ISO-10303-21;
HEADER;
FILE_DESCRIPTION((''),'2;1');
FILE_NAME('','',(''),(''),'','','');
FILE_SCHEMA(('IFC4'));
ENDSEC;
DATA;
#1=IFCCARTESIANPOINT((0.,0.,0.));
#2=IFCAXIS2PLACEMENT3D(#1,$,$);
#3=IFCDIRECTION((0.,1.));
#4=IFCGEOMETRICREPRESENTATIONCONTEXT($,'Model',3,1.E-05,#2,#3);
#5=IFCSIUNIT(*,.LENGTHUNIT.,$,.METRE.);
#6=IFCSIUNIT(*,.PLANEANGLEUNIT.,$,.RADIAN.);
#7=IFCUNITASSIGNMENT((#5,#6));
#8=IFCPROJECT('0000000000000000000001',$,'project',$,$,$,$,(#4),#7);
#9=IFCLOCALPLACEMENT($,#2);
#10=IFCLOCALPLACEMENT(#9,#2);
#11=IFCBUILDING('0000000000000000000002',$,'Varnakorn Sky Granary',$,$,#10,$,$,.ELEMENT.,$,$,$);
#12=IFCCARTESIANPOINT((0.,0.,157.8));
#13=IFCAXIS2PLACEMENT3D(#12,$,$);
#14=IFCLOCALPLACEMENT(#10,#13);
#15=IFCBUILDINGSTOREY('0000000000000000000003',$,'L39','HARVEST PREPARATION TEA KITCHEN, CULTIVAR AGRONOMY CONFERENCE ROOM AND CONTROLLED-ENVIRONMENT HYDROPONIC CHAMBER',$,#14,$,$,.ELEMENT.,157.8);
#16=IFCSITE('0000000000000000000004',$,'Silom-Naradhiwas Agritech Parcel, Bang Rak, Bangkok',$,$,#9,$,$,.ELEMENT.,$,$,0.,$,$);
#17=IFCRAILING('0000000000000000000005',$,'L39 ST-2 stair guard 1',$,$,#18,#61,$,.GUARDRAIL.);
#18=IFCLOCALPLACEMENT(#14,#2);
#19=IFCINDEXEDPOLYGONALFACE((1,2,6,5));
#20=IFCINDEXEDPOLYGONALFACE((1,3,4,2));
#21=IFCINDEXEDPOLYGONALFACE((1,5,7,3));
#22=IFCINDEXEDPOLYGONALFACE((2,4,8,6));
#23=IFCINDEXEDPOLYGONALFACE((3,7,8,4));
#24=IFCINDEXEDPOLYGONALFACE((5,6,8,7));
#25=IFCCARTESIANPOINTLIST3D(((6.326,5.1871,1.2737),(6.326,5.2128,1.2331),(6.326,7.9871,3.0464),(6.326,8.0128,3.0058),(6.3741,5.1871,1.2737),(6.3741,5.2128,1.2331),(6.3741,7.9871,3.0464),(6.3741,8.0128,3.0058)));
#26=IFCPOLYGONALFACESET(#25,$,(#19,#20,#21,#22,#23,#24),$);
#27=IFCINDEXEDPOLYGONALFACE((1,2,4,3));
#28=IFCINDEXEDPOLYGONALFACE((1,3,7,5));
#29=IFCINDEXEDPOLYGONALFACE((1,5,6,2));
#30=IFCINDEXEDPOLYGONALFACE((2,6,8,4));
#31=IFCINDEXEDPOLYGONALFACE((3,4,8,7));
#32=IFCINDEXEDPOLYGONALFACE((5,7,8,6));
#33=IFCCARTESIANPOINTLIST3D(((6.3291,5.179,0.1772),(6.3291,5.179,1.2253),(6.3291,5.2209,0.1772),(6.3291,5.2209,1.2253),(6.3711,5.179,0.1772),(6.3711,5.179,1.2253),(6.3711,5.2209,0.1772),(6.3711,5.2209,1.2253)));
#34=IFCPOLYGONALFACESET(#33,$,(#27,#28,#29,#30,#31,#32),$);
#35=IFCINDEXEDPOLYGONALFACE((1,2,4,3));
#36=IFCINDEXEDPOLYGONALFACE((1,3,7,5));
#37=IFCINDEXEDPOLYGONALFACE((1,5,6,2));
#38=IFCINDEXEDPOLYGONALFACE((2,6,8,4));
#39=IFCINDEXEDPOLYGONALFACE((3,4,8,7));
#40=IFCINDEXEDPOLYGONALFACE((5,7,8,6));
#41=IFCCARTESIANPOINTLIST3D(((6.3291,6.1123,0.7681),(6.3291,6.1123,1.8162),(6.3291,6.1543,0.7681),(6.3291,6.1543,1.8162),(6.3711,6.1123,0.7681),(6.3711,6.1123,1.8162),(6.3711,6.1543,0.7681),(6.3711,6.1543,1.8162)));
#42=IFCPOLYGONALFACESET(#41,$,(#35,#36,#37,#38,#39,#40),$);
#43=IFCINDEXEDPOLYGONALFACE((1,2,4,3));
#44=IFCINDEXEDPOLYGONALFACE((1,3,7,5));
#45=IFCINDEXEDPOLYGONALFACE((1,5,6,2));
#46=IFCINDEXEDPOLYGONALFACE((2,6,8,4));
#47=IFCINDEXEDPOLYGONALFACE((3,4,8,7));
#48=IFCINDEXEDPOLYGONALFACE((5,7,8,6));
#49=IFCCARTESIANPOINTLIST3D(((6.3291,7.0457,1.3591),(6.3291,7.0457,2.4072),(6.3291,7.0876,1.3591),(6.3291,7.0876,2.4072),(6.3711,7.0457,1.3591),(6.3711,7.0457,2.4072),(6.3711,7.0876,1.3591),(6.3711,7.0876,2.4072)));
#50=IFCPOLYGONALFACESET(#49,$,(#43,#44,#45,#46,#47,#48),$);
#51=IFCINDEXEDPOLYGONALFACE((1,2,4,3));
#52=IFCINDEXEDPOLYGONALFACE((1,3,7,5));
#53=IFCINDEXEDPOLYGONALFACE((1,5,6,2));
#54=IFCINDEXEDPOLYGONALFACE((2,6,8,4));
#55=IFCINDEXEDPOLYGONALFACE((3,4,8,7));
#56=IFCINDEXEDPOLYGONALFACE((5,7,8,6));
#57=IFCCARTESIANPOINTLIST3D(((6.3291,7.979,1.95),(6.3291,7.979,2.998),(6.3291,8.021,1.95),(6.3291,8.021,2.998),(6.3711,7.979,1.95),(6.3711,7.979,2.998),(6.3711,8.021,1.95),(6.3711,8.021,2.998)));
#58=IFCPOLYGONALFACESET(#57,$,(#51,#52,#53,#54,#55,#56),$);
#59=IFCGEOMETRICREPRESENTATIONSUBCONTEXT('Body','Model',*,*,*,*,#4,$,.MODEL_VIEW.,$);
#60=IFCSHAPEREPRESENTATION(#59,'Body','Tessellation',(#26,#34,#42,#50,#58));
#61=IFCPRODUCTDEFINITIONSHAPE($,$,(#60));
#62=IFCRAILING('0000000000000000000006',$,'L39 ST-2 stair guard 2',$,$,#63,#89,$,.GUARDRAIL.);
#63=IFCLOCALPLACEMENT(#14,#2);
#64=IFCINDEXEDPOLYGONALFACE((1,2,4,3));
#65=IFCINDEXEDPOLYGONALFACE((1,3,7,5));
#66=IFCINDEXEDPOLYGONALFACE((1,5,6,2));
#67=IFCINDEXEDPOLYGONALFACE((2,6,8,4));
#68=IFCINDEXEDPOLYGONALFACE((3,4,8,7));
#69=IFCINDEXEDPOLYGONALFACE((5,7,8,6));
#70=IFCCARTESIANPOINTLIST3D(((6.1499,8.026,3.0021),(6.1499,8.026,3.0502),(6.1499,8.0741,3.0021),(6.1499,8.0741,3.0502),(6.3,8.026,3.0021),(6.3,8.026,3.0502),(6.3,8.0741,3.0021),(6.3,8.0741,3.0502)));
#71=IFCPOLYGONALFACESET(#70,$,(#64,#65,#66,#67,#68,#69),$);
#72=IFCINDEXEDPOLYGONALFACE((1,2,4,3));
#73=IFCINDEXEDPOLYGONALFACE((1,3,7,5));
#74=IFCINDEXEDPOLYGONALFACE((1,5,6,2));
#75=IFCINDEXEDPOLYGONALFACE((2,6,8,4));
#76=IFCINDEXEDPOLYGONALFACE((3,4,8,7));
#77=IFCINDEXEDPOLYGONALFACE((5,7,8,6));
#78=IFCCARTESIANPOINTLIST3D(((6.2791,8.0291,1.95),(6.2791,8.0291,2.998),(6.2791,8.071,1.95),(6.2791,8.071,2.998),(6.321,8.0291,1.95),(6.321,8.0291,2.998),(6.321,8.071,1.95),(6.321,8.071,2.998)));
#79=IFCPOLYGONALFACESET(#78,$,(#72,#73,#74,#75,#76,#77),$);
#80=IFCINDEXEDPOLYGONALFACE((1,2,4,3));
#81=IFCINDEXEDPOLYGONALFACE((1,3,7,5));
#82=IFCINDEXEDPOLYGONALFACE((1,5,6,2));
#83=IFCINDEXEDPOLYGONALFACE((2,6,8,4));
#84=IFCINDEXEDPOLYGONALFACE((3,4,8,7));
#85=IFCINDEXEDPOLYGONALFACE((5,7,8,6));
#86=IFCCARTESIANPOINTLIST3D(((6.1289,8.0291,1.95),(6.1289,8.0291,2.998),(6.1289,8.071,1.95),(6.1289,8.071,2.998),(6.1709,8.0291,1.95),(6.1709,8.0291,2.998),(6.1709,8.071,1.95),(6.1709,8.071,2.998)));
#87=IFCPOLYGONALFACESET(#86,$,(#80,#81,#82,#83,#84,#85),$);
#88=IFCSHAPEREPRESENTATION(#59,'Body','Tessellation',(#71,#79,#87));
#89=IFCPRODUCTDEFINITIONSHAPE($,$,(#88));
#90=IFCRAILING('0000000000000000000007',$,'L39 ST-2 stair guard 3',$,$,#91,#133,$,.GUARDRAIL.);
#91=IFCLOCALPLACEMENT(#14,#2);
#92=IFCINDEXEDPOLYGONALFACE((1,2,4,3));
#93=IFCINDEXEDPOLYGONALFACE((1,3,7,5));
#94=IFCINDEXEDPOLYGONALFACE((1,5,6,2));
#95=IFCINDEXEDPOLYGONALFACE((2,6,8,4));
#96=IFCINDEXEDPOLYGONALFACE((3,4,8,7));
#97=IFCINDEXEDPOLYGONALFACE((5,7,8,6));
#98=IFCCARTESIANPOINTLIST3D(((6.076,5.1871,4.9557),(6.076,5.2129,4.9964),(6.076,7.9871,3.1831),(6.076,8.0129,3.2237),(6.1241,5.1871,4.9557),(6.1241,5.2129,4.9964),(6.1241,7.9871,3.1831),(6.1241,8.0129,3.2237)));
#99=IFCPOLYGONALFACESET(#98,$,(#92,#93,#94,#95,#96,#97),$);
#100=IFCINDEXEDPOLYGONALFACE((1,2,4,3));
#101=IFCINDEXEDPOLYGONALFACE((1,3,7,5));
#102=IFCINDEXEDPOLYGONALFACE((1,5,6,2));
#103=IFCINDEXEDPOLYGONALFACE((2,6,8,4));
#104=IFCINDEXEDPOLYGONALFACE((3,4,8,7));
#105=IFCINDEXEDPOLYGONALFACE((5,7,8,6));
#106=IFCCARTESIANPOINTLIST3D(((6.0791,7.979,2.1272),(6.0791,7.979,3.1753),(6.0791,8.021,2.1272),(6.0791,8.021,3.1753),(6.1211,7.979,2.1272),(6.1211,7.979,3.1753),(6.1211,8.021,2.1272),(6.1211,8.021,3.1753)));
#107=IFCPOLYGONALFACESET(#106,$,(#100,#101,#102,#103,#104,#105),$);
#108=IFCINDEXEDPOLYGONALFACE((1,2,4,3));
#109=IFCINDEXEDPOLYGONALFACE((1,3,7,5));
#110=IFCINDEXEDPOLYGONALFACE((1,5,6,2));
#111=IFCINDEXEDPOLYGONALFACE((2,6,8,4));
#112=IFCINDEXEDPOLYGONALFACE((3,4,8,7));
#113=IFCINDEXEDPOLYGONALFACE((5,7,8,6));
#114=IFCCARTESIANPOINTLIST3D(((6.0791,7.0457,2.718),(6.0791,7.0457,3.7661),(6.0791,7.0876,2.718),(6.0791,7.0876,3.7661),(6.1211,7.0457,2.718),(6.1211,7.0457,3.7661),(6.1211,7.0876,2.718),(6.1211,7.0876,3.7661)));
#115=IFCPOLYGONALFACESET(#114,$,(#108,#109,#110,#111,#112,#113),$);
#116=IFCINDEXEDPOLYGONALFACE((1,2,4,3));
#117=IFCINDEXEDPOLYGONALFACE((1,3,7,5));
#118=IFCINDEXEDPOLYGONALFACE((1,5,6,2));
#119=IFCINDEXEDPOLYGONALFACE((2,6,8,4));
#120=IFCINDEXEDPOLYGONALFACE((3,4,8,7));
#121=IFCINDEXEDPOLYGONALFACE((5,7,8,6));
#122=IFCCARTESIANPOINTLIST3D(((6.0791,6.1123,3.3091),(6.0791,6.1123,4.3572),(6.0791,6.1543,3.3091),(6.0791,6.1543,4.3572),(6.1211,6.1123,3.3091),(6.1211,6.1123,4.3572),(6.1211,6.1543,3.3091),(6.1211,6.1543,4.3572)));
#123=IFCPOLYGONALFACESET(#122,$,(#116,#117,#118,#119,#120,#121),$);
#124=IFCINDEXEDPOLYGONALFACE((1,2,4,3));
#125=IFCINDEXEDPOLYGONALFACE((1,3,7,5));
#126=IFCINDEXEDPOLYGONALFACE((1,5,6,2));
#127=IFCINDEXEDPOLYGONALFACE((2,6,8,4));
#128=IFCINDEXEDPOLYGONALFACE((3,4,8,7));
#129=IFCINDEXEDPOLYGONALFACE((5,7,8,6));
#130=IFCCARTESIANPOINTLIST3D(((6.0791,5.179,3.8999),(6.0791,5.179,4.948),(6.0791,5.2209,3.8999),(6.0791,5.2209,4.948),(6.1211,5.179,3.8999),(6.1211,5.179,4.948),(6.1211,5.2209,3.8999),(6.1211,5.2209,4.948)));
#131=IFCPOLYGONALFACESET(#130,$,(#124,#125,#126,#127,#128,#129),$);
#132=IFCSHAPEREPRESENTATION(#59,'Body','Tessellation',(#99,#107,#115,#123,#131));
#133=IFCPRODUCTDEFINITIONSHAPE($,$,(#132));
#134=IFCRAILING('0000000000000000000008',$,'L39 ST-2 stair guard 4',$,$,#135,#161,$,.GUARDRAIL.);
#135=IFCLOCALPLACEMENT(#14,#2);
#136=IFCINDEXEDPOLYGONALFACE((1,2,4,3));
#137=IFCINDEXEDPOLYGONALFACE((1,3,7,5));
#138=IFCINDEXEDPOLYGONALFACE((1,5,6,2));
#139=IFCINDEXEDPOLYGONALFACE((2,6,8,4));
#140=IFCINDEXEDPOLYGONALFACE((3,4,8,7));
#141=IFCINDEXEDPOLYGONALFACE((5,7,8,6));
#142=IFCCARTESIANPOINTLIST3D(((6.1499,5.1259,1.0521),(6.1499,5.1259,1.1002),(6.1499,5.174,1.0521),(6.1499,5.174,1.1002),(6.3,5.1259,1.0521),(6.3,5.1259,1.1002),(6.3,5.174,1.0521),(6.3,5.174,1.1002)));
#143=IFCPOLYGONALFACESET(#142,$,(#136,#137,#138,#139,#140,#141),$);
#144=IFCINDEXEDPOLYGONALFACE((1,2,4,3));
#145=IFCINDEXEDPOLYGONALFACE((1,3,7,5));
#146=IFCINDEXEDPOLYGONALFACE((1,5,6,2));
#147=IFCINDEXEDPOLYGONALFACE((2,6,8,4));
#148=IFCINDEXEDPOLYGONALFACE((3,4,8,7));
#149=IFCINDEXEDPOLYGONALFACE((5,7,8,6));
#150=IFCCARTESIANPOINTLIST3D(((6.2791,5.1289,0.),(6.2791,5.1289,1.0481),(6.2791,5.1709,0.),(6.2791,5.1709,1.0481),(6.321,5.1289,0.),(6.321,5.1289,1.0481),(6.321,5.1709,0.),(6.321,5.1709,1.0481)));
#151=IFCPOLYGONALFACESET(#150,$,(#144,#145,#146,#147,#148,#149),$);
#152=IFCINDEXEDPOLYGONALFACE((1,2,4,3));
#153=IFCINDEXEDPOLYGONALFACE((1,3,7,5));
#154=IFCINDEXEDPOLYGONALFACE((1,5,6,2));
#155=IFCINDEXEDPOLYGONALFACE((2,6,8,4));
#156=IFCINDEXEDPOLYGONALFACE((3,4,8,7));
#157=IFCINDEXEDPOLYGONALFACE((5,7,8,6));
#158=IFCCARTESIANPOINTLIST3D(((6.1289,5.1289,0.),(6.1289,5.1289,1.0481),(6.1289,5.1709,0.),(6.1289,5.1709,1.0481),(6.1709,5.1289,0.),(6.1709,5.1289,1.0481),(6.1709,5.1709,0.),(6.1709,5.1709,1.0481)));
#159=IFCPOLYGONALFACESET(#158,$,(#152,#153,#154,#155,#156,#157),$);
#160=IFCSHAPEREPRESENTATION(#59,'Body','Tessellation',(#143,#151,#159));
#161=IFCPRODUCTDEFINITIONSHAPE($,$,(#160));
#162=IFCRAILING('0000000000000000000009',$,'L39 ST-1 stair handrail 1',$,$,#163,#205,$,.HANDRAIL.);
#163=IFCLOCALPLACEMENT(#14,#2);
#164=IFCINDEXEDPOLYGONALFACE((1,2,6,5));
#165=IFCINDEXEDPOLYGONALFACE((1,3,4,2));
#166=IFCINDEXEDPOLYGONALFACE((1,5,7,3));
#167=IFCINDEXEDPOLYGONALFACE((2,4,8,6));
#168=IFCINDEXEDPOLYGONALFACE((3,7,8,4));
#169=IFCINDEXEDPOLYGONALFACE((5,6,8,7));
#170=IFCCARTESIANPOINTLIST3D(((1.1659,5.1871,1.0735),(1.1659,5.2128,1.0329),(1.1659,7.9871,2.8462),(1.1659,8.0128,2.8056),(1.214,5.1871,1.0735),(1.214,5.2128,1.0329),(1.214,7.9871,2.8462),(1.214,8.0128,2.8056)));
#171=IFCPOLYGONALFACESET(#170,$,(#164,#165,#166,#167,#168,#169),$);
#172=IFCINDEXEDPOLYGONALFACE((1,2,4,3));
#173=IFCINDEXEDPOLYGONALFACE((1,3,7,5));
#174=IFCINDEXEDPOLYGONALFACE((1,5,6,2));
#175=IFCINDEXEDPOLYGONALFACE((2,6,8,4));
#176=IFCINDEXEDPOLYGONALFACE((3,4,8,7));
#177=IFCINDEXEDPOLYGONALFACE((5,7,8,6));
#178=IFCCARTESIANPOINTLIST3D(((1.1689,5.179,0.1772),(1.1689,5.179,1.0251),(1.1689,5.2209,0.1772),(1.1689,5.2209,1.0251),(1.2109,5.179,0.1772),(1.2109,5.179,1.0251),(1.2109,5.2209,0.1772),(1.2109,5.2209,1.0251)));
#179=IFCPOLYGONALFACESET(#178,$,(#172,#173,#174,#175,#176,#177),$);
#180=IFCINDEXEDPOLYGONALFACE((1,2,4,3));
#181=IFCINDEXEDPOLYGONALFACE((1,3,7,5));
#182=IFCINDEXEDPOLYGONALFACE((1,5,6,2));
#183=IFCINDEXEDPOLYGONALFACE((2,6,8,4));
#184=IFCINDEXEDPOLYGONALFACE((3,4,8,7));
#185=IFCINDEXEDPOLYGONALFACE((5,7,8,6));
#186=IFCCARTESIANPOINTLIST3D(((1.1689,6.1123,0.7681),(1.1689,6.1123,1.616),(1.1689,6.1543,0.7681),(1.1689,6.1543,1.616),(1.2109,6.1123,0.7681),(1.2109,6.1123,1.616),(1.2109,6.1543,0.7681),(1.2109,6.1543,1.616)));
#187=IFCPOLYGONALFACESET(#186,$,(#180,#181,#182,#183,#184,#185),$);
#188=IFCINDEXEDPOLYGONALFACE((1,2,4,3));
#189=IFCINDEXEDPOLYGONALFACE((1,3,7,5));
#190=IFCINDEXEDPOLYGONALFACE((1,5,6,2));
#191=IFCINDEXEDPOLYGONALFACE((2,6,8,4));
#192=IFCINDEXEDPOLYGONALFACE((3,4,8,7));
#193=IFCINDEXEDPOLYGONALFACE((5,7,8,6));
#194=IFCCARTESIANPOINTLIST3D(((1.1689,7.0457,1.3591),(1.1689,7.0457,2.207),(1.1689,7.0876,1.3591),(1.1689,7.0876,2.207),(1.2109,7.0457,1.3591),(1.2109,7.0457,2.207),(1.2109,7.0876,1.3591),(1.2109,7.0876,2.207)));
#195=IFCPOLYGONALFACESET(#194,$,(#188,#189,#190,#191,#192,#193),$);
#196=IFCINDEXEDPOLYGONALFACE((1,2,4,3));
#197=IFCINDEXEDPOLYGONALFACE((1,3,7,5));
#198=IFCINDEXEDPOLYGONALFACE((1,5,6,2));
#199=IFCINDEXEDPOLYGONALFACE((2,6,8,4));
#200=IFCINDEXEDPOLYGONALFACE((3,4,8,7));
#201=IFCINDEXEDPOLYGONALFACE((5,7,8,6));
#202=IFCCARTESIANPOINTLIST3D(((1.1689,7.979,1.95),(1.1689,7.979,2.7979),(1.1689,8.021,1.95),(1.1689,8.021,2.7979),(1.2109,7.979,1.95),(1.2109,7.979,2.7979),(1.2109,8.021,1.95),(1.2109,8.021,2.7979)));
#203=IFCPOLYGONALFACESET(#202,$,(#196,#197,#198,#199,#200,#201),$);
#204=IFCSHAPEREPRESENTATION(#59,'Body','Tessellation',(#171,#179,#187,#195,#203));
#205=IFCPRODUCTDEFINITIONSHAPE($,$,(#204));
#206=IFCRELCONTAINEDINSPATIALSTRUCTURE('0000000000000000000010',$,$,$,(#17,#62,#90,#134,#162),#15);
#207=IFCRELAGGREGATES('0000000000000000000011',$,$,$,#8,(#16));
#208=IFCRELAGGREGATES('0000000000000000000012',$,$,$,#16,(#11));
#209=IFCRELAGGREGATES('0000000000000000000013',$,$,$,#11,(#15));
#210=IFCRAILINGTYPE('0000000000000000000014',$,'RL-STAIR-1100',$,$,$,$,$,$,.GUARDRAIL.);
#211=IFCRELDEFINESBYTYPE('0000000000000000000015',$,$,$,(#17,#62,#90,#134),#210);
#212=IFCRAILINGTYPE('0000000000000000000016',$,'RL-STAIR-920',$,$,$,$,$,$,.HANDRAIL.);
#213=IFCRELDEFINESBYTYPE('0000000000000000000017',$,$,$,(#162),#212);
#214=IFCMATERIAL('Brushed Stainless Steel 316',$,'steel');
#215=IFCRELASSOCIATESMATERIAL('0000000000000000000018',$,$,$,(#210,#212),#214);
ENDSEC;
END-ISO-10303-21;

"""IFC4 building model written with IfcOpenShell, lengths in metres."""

from ifc_helpers import new_model, si_unit, direction, frame, origin, origin_2d, place, context, subcontext, project, spatial, rectangle, extrude, material, type_object, element, save


model = new_model("IFC4")

# Units and contexts
model_context = context("Model", 3, precision=1e-05, world=origin(), true_north=direction((0.0, 1.0)))
body_context = subcontext(model_context, "Body", "Model", "MODEL_VIEW")
ifc_project = project(units=[si_unit("LENGTHUNIT", "METRE"), si_unit("PLANEANGLEUNIT", "RADIAN")], contexts=[model_context])

# Site, building, storey
site_placement = place(None, origin())
site = spatial("IfcSite", under=ifc_project, at=site_placement, Name="Silom-Naradhiwas Agritech Parcel, Bang Rak, Bangkok", CompositionType="ELEMENT", RefElevation=0.0)
building_placement = place(site_placement, origin())
building = spatial("IfcBuilding", under=site, at=building_placement, Name="Varnakorn Sky Granary", CompositionType="ELEMENT")
storey_placement = place(building_placement, frame((0.0, 0.0, 157.8)))
storey = spatial("IfcBuildingStorey", under=building, at=storey_placement, Name="L39", Description="HARVEST PREPARATION TEA KITCHEN, CULTIVAR AGRONOMY CONFERENCE ROOM AND CONTROLLED-ENVIRONMENT HYDROPONIC CHAMBER", CompositionType="ELEMENT", Elevation=157.8)

# Railings
ifc_material_1 = material(Name="Brushed Stainless Steel 316", Category="steel")
railing_type_1 = type_object("IfcRailingType", Name="RL-STAIR-1100", PredefinedType="GUARDRAIL", material=ifc_material_1)
railing_1_placement = place(storey_placement, frame((6.3501, 5.2, 0.1772)))
element("IfcRailing", 1, at=railing_1_placement, inside=storey, type_object=railing_type_1, Name="L39 ST-2 stair guard 1", PredefinedType="GUARDRAIL", context=body_context, shape_type="SweptSolid", body=[
    extrude(rectangle(XDim=0.0481, YDim=0.0481, at=origin_2d()), frame((0.0, 0.0, 1.0762), z_axis=(0.0, 0.844909, 0.53491), x_axis=(-1.0, 0.0, 0.0)), (0.0, 0.0, 1.0), 3.314),
    extrude(rectangle(XDim=0.042, YDim=0.042, at=origin_2d()), origin(), (0.0, 0.0, 1.0), 1.0481),
    extrude(rectangle(XDim=0.042, YDim=0.042, at=origin_2d()), frame((0.0, 0.9333, 0.5908)), (0.0, 0.0, 1.0), 1.0481),
    extrude(rectangle(XDim=0.042, YDim=0.042, at=origin_2d()), frame((0.0, 1.8667, 1.1819)), (0.0, 0.0, 1.0), 1.0481),
    extrude(rectangle(XDim=0.042, YDim=0.042, at=origin_2d()), frame((0.0, 2.8, 1.7727)), (0.0, 0.0, 1.0), 1.0481),
])
railing_2_placement = place(storey_placement, frame((6.3, 8.05, 1.95)))
element("IfcRailing", 2, at=railing_2_placement, inside=storey, type_object=railing_type_1, Name="L39 ST-2 stair guard 2", PredefinedType="GUARDRAIL", context=body_context, shape_type="SweptSolid", body=[
    extrude(rectangle(XDim=0.0481, YDim=0.0481, at=origin_2d()), frame((0.0, 0.0, 1.0762), z_axis=(-1.0, 0.0, 0.0), x_axis=(0.0, -1.0, 0.0)), (0.0, 0.0, 1.0), 0.1501),
    extrude(rectangle(XDim=0.042, YDim=0.042, at=origin_2d()), origin(), (0.0, 0.0, 1.0), 1.0481),
    extrude(rectangle(XDim=0.042, YDim=0.042, at=origin_2d()), frame((-0.1501, 0.0, 0.0)), (0.0, 0.0, 1.0), 1.0481),
])
railing_3_placement = place(storey_placement, frame((6.1001, 8.0, 2.1272)))
element("IfcRailing", 3, at=railing_3_placement, inside=storey, type_object=railing_type_1, Name="L39 ST-2 stair guard 3", PredefinedType="GUARDRAIL", context=body_context, shape_type="SweptSolid", body=[
    extrude(rectangle(XDim=0.0481, YDim=0.0481, at=origin_2d()), frame((0.0, 0.0, 1.0762), z_axis=(0.0, -0.844909, 0.53491), x_axis=(1.0, 0.0, 0.0)), (0.0, 0.0, 1.0), 3.314),
    extrude(rectangle(XDim=0.042, YDim=0.042, at=origin_2d()), origin(), (0.0, 0.0, 1.0), 1.0481),
    extrude(rectangle(XDim=0.042, YDim=0.042, at=origin_2d()), frame((0.0, -0.9333, 0.5908)), (0.0, 0.0, 1.0), 1.0481),
    extrude(rectangle(XDim=0.042, YDim=0.042, at=origin_2d()), frame((0.0, -1.8667, 1.1819)), (0.0, 0.0, 1.0), 1.0481),
    extrude(rectangle(XDim=0.042, YDim=0.042, at=origin_2d()), frame((0.0, -2.8, 1.7727)), (0.0, 0.0, 1.0), 1.0481),
])
railing_4_placement = place(storey_placement, frame((6.3, 5.1499, 0.0)))
element("IfcRailing", 4, at=railing_4_placement, inside=storey, type_object=railing_type_1, Name="L39 ST-2 stair guard 4", PredefinedType="GUARDRAIL", context=body_context, shape_type="SweptSolid", body=[
    extrude(rectangle(XDim=0.0481, YDim=0.0481, at=origin_2d()), frame((0.0, 0.0, 1.0762), z_axis=(-1.0, 0.0, 0.0), x_axis=(0.0, -1.0, 0.0)), (0.0, 0.0, 1.0), 0.1501),
    extrude(rectangle(XDim=0.042, YDim=0.042, at=origin_2d()), origin(), (0.0, 0.0, 1.0), 1.0481),
    extrude(rectangle(XDim=0.042, YDim=0.042, at=origin_2d()), frame((-0.1501, 0.0, 0.0)), (0.0, 0.0, 1.0), 1.0481),
])
railing_type_2 = type_object("IfcRailingType", Name="RL-STAIR-920", PredefinedType="HANDRAIL", material=ifc_material_1)
for number, where, name in (
    (5, (1.1899, 5.2, 0.1772), "L39 ST-1 stair handrail 1"),
):
    element("IfcRailing", number, at=place(storey_placement, frame(where)), inside=storey, type_object=railing_type_2, Name=name, PredefinedType="HANDRAIL", context=body_context, shape_type="SweptSolid", body=[
        extrude(rectangle(XDim=0.0481, YDim=0.0481, at=origin_2d()), frame((0.0, 0.0, 0.876), z_axis=(0.0, 0.844909, 0.53491), x_axis=(-1.0, 0.0, 0.0)), (0.0, 0.0, 1.0), 3.314),
        extrude(rectangle(XDim=0.042, YDim=0.042, at=origin_2d()), origin(), (0.0, 0.0, 1.0), 0.8479),
        extrude(rectangle(XDim=0.042, YDim=0.042, at=origin_2d()), frame((0.0, 0.9333, 0.5908)), (0.0, 0.0, 1.0), 0.8479),
        extrude(rectangle(XDim=0.042, YDim=0.042, at=origin_2d()), frame((0.0, 1.8667, 1.1819)), (0.0, 0.0, 1.0), 0.8479),
        extrude(rectangle(XDim=0.042, YDim=0.042, at=origin_2d()), frame((0.0, 2.8, 1.7727)), (0.0, 0.0, 1.0), 0.8479),
    ])

save(model, "model.ifc")
